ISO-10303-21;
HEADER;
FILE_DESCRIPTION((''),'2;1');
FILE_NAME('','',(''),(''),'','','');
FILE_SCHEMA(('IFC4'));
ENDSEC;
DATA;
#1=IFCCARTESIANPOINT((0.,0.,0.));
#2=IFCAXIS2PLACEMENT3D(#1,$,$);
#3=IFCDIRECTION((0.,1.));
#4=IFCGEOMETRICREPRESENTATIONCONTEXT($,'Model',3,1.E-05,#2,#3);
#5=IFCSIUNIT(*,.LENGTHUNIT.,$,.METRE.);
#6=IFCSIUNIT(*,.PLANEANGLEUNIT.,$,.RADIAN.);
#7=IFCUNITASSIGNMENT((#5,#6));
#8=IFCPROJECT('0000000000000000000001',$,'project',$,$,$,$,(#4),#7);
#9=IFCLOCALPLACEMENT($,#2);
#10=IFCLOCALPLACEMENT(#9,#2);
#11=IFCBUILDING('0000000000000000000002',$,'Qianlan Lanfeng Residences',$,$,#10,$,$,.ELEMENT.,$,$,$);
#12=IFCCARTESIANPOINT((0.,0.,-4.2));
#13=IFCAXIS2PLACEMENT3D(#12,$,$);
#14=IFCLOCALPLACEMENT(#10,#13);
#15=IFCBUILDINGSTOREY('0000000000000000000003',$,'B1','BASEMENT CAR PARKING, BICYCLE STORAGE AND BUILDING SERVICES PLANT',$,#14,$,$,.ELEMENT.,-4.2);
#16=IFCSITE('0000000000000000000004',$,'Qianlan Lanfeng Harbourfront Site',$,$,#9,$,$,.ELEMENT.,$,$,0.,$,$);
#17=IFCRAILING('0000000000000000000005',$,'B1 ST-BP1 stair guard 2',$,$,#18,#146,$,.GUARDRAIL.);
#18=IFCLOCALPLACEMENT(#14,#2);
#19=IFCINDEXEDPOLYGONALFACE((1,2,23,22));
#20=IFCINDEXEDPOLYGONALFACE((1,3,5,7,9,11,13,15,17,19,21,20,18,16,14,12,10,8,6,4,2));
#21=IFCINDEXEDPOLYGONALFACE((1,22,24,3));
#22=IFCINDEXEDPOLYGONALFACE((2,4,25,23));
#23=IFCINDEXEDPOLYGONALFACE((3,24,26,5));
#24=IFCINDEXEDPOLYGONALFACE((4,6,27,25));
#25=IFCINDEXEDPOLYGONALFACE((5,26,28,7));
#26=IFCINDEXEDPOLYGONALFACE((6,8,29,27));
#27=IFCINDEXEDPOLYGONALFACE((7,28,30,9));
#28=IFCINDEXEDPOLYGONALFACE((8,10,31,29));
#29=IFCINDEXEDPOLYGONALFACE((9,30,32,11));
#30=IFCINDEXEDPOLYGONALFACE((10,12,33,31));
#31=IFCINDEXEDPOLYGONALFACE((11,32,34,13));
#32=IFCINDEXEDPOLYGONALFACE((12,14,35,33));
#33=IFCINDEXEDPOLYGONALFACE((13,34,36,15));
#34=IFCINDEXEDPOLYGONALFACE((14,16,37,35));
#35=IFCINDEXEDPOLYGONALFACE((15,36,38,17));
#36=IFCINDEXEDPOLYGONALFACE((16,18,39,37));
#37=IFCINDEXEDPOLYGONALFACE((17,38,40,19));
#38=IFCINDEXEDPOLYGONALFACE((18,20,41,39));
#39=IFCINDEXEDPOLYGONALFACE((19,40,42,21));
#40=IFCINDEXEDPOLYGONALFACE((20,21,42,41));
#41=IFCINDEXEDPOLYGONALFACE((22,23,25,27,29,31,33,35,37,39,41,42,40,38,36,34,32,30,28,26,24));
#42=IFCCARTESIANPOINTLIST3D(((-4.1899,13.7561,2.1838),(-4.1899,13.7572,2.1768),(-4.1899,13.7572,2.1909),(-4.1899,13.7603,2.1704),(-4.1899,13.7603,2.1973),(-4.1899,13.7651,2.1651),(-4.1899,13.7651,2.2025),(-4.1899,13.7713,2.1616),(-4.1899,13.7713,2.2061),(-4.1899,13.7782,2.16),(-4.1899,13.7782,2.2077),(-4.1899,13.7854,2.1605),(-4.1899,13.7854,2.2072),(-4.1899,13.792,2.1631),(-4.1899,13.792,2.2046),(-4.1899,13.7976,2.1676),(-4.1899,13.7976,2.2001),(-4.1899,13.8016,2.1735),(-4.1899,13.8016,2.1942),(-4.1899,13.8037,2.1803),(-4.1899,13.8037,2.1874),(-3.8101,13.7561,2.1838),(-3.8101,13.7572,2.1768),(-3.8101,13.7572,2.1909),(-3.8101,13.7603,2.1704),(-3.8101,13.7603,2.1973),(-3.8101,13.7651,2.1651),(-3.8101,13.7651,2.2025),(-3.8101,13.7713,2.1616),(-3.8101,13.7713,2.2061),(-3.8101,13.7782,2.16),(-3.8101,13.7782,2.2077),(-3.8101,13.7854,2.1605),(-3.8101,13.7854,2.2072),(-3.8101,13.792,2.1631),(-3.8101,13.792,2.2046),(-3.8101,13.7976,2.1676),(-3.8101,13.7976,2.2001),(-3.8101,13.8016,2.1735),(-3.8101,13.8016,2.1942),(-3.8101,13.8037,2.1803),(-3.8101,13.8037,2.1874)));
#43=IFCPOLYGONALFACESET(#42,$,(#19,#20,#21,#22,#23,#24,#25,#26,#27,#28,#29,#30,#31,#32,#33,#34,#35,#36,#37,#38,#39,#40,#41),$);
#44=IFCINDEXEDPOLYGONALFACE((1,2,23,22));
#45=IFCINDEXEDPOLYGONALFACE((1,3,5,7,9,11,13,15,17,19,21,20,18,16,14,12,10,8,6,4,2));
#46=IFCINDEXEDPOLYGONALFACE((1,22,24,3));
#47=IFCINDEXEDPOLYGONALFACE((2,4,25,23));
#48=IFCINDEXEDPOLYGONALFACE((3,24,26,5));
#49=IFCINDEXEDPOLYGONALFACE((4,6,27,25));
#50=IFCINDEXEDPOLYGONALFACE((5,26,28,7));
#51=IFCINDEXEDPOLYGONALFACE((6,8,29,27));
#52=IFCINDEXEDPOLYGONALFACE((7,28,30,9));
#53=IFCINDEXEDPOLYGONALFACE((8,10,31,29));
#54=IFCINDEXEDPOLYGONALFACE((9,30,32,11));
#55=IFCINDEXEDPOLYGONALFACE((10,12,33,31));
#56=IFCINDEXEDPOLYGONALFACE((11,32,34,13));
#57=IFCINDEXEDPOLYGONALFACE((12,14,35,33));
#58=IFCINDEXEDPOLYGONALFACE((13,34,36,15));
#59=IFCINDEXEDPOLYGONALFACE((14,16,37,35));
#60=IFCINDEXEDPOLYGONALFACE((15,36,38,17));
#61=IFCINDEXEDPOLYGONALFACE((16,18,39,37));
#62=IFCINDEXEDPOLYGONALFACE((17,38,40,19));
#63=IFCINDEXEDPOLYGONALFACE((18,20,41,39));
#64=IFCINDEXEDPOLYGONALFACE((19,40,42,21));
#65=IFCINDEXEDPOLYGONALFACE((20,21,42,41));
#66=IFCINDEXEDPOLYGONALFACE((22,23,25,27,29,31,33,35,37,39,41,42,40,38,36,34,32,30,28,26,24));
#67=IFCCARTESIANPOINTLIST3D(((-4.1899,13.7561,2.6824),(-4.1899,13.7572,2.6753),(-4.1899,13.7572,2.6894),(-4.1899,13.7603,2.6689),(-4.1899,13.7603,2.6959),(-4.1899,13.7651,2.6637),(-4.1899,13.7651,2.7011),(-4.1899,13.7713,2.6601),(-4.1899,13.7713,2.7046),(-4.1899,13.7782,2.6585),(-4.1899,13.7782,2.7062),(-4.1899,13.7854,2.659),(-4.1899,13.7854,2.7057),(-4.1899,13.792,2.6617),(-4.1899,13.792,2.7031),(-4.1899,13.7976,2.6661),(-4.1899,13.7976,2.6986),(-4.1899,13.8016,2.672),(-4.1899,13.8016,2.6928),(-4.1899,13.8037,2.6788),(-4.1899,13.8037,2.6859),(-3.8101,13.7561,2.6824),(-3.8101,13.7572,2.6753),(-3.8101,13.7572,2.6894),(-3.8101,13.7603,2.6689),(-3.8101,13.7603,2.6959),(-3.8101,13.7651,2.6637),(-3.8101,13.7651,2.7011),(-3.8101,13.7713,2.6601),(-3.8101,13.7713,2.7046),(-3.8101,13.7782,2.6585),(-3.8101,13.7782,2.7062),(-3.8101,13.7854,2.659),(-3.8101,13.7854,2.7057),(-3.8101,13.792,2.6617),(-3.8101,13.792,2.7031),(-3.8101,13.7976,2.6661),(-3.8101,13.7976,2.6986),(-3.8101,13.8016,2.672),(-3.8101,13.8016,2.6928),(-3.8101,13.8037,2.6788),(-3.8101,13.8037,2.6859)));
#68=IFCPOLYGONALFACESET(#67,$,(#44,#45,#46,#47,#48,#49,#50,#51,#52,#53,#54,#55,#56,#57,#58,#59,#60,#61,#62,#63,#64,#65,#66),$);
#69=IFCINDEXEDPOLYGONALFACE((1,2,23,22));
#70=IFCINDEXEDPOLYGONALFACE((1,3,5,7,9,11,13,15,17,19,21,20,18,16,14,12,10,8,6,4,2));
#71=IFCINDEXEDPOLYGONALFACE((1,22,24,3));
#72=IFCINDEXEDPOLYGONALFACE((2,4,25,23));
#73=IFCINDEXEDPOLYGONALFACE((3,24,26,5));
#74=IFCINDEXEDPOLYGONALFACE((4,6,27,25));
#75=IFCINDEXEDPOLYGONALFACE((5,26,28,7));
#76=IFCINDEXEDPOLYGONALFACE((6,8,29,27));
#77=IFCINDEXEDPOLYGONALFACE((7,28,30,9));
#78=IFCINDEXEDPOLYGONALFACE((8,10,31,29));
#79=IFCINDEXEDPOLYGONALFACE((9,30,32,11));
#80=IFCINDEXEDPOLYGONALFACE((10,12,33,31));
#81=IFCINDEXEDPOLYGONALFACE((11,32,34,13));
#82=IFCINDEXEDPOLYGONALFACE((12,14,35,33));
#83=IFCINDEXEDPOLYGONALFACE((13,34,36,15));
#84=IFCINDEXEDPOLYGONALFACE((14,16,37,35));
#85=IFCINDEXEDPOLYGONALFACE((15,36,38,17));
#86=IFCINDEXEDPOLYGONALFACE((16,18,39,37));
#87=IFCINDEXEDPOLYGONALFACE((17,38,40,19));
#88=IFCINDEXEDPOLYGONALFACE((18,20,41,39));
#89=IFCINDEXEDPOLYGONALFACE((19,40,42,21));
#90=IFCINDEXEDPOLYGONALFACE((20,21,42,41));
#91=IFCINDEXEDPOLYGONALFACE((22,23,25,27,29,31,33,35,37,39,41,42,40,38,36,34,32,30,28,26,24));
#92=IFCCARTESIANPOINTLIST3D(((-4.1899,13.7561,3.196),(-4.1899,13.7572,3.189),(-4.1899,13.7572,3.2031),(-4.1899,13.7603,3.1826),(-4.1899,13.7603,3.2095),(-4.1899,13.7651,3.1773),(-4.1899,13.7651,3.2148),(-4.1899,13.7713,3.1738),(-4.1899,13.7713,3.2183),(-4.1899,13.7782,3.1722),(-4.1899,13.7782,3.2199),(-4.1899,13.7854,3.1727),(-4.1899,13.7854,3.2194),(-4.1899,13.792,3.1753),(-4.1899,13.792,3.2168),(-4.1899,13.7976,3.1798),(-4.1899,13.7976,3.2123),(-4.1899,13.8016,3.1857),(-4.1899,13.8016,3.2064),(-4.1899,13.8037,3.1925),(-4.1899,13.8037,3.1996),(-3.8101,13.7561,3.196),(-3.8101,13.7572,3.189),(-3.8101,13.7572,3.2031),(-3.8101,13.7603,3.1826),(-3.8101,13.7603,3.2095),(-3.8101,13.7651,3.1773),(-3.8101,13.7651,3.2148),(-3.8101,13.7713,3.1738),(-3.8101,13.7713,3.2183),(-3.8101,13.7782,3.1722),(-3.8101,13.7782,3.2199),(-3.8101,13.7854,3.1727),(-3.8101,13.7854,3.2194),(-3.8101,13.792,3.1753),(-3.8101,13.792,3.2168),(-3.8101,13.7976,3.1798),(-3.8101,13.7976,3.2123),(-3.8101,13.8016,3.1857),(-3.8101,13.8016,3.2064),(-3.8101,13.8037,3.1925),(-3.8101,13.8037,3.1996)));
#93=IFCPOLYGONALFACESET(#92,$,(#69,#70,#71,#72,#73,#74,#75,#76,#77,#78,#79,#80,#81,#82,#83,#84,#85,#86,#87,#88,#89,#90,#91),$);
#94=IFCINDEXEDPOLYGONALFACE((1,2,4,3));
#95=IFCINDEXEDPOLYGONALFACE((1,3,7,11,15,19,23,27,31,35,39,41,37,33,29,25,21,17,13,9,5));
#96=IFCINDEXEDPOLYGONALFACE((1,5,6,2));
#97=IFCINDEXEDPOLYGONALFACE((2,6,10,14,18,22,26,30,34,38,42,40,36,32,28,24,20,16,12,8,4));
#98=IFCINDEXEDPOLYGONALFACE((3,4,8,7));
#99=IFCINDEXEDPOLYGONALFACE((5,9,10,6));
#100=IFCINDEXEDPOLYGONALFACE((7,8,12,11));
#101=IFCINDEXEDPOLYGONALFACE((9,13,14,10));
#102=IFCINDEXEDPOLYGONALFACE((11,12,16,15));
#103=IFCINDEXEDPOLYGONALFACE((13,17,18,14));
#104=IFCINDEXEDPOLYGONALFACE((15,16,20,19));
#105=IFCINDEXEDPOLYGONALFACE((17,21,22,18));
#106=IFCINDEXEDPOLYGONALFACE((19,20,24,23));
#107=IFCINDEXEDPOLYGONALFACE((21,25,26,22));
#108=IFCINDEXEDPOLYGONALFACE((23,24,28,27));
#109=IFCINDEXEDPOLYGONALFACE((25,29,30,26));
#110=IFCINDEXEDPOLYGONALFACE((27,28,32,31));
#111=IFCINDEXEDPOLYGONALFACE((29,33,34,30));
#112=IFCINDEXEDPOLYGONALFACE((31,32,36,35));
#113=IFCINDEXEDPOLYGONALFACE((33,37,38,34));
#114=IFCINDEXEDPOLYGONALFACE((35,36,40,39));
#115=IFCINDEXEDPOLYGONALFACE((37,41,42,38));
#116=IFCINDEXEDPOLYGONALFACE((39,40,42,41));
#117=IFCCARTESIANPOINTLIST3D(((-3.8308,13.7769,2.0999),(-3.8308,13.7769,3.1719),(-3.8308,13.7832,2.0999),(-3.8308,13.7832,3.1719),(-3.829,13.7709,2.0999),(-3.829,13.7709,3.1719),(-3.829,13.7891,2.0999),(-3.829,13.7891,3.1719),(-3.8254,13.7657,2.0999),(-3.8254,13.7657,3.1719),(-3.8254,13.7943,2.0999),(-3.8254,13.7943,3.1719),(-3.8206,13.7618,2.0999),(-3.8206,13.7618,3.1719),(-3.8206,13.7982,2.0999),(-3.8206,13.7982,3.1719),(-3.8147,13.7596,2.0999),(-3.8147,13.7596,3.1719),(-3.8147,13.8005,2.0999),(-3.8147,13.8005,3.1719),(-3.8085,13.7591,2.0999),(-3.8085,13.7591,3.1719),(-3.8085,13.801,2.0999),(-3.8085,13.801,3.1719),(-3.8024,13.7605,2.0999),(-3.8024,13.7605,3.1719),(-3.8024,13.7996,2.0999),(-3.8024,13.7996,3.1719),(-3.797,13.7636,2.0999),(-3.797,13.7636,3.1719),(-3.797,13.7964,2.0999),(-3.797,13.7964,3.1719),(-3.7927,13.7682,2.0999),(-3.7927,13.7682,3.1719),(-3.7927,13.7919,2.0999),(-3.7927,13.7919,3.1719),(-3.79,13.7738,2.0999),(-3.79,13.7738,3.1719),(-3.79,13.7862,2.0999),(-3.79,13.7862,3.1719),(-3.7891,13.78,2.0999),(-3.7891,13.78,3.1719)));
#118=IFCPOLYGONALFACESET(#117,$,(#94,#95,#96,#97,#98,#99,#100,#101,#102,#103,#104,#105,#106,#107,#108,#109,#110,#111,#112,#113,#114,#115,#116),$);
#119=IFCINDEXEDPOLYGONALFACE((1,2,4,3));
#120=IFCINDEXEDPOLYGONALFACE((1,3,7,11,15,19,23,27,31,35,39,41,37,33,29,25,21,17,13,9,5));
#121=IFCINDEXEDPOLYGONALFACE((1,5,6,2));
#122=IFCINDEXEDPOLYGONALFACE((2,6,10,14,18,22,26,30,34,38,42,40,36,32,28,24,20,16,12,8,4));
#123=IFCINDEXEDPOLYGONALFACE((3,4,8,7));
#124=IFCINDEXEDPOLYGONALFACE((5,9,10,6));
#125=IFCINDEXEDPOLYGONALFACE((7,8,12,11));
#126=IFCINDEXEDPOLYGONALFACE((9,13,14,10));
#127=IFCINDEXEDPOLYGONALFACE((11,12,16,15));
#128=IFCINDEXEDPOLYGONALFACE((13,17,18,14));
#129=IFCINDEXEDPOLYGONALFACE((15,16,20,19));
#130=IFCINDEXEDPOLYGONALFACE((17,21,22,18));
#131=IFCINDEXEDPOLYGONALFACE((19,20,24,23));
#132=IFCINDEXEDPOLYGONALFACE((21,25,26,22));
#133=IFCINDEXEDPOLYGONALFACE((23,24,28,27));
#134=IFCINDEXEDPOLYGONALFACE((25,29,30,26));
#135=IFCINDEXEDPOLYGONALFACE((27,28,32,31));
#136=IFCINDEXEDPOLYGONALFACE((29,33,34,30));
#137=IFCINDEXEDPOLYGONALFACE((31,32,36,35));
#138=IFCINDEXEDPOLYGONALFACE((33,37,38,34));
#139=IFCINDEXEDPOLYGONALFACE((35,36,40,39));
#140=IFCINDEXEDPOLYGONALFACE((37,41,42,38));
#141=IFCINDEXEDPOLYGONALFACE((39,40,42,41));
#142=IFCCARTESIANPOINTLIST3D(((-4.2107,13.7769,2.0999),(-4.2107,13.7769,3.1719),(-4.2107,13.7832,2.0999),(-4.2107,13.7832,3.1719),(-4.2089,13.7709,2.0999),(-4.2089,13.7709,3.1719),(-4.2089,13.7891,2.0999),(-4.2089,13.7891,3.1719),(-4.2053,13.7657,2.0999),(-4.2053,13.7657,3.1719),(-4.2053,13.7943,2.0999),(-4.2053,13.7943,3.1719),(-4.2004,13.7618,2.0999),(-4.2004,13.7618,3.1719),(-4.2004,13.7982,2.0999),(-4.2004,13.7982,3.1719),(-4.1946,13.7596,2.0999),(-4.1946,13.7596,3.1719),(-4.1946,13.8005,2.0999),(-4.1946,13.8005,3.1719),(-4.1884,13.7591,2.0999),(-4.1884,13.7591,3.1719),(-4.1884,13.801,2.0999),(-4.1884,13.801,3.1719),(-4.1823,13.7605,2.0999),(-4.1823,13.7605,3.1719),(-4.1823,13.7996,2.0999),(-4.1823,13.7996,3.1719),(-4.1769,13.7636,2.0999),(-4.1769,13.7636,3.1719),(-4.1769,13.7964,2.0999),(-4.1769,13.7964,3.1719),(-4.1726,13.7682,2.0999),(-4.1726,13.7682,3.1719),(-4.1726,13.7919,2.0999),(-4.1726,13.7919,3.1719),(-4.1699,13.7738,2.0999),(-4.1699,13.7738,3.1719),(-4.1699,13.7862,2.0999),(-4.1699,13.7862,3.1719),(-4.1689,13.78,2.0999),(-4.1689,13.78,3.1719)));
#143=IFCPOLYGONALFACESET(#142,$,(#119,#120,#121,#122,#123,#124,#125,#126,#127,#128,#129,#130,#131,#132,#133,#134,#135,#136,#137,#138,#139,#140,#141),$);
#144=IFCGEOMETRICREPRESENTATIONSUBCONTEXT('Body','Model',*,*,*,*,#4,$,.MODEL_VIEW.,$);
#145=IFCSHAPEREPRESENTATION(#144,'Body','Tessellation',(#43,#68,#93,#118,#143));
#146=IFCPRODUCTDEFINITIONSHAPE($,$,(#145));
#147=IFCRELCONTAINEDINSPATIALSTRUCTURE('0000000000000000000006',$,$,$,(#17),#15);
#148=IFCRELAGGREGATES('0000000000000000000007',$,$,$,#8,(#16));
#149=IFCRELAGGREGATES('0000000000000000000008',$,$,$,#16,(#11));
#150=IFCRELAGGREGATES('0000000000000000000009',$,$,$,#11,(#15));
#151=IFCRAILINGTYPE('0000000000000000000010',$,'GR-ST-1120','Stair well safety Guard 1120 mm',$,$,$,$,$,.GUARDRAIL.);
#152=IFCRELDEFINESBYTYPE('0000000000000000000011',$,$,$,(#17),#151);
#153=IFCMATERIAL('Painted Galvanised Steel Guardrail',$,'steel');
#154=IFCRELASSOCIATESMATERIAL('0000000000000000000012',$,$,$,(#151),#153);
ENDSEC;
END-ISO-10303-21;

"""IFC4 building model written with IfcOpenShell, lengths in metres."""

from ifc_helpers import new_model, si_unit, direction, frame, origin, origin_2d, place, context, subcontext, project, spatial, circle, extrude, material, type_object, element, save


model = new_model("IFC4")

# Units and contexts
model_context = context("Model", 3, precision=1e-05, world=origin(), true_north=direction((0.0, 1.0)))
body_context = subcontext(model_context, "Body", "Model", "MODEL_VIEW")
ifc_project = project(units=[si_unit("LENGTHUNIT", "METRE"), si_unit("PLANEANGLEUNIT", "RADIAN")], contexts=[model_context])

# Site, building, storey
site_placement = place(None, origin())
site = spatial("IfcSite", under=ifc_project, at=site_placement, Name="Qianlan Lanfeng Harbourfront Site", CompositionType="ELEMENT", RefElevation=0.0)
building_placement = place(site_placement, origin())
building = spatial("IfcBuilding", under=site, at=building_placement, Name="Qianlan Lanfeng Residences", CompositionType="ELEMENT")
storey_placement = place(building_placement, frame((0.0, 0.0, -4.2)))
storey = spatial("IfcBuildingStorey", under=building, at=storey_placement, Name="B1", Description="BASEMENT CAR PARKING, BICYCLE STORAGE AND BUILDING SERVICES PLANT", CompositionType="ELEMENT", Elevation=-4.2)

# Railing
ifc_material_1 = material(Name="Painted Galvanised Steel Guardrail", Category="steel")
railing_type = type_object("IfcRailingType", Name="GR-ST-1120", Description="Stair well safety Guard 1120 mm", PredefinedType="GUARDRAIL", material=ifc_material_1)
railing_1_placement = place(storey_placement, frame((-3.8101, 13.78, 2.0999)))
element("IfcRailing", 1, at=railing_1_placement, inside=storey, type_object=railing_type, Name="B1 ST-BP1 stair guard 2", PredefinedType="GUARDRAIL", context=body_context, shape_type="SweptSolid", body=[
    extrude(circle(Radius=0.0239, at=origin_2d()), frame((0.0, 0.0, 0.084), z_axis=(-1.0, 0.0, 0.0), x_axis=(0.0, -1.0, 0.0)), (0.0, 0.0, 1.0), 0.3799),
    extrude(circle(Radius=0.0239, at=origin_2d()), frame((0.0, 0.0, 0.5825), z_axis=(-1.0, 0.0, 0.0), x_axis=(0.0, -1.0, 0.0)), (0.0, 0.0, 1.0), 0.3799),
    extrude(circle(Radius=0.0239, at=origin_2d()), frame((0.0, 0.0, 1.0962), z_axis=(-1.0, 0.0, 0.0), x_axis=(0.0, -1.0, 0.0)), (0.0, 0.0, 1.0), 0.3799),
    extrude(circle(Radius=0.021, at=origin_2d()), origin(), (0.0, 0.0, 1.0), 1.072),
    extrude(circle(Radius=0.021, at=origin_2d()), frame((-0.3799, 0.0, 0.0)), (0.0, 0.0, 1.0), 1.072),
])

save(model, "model.ifc")
